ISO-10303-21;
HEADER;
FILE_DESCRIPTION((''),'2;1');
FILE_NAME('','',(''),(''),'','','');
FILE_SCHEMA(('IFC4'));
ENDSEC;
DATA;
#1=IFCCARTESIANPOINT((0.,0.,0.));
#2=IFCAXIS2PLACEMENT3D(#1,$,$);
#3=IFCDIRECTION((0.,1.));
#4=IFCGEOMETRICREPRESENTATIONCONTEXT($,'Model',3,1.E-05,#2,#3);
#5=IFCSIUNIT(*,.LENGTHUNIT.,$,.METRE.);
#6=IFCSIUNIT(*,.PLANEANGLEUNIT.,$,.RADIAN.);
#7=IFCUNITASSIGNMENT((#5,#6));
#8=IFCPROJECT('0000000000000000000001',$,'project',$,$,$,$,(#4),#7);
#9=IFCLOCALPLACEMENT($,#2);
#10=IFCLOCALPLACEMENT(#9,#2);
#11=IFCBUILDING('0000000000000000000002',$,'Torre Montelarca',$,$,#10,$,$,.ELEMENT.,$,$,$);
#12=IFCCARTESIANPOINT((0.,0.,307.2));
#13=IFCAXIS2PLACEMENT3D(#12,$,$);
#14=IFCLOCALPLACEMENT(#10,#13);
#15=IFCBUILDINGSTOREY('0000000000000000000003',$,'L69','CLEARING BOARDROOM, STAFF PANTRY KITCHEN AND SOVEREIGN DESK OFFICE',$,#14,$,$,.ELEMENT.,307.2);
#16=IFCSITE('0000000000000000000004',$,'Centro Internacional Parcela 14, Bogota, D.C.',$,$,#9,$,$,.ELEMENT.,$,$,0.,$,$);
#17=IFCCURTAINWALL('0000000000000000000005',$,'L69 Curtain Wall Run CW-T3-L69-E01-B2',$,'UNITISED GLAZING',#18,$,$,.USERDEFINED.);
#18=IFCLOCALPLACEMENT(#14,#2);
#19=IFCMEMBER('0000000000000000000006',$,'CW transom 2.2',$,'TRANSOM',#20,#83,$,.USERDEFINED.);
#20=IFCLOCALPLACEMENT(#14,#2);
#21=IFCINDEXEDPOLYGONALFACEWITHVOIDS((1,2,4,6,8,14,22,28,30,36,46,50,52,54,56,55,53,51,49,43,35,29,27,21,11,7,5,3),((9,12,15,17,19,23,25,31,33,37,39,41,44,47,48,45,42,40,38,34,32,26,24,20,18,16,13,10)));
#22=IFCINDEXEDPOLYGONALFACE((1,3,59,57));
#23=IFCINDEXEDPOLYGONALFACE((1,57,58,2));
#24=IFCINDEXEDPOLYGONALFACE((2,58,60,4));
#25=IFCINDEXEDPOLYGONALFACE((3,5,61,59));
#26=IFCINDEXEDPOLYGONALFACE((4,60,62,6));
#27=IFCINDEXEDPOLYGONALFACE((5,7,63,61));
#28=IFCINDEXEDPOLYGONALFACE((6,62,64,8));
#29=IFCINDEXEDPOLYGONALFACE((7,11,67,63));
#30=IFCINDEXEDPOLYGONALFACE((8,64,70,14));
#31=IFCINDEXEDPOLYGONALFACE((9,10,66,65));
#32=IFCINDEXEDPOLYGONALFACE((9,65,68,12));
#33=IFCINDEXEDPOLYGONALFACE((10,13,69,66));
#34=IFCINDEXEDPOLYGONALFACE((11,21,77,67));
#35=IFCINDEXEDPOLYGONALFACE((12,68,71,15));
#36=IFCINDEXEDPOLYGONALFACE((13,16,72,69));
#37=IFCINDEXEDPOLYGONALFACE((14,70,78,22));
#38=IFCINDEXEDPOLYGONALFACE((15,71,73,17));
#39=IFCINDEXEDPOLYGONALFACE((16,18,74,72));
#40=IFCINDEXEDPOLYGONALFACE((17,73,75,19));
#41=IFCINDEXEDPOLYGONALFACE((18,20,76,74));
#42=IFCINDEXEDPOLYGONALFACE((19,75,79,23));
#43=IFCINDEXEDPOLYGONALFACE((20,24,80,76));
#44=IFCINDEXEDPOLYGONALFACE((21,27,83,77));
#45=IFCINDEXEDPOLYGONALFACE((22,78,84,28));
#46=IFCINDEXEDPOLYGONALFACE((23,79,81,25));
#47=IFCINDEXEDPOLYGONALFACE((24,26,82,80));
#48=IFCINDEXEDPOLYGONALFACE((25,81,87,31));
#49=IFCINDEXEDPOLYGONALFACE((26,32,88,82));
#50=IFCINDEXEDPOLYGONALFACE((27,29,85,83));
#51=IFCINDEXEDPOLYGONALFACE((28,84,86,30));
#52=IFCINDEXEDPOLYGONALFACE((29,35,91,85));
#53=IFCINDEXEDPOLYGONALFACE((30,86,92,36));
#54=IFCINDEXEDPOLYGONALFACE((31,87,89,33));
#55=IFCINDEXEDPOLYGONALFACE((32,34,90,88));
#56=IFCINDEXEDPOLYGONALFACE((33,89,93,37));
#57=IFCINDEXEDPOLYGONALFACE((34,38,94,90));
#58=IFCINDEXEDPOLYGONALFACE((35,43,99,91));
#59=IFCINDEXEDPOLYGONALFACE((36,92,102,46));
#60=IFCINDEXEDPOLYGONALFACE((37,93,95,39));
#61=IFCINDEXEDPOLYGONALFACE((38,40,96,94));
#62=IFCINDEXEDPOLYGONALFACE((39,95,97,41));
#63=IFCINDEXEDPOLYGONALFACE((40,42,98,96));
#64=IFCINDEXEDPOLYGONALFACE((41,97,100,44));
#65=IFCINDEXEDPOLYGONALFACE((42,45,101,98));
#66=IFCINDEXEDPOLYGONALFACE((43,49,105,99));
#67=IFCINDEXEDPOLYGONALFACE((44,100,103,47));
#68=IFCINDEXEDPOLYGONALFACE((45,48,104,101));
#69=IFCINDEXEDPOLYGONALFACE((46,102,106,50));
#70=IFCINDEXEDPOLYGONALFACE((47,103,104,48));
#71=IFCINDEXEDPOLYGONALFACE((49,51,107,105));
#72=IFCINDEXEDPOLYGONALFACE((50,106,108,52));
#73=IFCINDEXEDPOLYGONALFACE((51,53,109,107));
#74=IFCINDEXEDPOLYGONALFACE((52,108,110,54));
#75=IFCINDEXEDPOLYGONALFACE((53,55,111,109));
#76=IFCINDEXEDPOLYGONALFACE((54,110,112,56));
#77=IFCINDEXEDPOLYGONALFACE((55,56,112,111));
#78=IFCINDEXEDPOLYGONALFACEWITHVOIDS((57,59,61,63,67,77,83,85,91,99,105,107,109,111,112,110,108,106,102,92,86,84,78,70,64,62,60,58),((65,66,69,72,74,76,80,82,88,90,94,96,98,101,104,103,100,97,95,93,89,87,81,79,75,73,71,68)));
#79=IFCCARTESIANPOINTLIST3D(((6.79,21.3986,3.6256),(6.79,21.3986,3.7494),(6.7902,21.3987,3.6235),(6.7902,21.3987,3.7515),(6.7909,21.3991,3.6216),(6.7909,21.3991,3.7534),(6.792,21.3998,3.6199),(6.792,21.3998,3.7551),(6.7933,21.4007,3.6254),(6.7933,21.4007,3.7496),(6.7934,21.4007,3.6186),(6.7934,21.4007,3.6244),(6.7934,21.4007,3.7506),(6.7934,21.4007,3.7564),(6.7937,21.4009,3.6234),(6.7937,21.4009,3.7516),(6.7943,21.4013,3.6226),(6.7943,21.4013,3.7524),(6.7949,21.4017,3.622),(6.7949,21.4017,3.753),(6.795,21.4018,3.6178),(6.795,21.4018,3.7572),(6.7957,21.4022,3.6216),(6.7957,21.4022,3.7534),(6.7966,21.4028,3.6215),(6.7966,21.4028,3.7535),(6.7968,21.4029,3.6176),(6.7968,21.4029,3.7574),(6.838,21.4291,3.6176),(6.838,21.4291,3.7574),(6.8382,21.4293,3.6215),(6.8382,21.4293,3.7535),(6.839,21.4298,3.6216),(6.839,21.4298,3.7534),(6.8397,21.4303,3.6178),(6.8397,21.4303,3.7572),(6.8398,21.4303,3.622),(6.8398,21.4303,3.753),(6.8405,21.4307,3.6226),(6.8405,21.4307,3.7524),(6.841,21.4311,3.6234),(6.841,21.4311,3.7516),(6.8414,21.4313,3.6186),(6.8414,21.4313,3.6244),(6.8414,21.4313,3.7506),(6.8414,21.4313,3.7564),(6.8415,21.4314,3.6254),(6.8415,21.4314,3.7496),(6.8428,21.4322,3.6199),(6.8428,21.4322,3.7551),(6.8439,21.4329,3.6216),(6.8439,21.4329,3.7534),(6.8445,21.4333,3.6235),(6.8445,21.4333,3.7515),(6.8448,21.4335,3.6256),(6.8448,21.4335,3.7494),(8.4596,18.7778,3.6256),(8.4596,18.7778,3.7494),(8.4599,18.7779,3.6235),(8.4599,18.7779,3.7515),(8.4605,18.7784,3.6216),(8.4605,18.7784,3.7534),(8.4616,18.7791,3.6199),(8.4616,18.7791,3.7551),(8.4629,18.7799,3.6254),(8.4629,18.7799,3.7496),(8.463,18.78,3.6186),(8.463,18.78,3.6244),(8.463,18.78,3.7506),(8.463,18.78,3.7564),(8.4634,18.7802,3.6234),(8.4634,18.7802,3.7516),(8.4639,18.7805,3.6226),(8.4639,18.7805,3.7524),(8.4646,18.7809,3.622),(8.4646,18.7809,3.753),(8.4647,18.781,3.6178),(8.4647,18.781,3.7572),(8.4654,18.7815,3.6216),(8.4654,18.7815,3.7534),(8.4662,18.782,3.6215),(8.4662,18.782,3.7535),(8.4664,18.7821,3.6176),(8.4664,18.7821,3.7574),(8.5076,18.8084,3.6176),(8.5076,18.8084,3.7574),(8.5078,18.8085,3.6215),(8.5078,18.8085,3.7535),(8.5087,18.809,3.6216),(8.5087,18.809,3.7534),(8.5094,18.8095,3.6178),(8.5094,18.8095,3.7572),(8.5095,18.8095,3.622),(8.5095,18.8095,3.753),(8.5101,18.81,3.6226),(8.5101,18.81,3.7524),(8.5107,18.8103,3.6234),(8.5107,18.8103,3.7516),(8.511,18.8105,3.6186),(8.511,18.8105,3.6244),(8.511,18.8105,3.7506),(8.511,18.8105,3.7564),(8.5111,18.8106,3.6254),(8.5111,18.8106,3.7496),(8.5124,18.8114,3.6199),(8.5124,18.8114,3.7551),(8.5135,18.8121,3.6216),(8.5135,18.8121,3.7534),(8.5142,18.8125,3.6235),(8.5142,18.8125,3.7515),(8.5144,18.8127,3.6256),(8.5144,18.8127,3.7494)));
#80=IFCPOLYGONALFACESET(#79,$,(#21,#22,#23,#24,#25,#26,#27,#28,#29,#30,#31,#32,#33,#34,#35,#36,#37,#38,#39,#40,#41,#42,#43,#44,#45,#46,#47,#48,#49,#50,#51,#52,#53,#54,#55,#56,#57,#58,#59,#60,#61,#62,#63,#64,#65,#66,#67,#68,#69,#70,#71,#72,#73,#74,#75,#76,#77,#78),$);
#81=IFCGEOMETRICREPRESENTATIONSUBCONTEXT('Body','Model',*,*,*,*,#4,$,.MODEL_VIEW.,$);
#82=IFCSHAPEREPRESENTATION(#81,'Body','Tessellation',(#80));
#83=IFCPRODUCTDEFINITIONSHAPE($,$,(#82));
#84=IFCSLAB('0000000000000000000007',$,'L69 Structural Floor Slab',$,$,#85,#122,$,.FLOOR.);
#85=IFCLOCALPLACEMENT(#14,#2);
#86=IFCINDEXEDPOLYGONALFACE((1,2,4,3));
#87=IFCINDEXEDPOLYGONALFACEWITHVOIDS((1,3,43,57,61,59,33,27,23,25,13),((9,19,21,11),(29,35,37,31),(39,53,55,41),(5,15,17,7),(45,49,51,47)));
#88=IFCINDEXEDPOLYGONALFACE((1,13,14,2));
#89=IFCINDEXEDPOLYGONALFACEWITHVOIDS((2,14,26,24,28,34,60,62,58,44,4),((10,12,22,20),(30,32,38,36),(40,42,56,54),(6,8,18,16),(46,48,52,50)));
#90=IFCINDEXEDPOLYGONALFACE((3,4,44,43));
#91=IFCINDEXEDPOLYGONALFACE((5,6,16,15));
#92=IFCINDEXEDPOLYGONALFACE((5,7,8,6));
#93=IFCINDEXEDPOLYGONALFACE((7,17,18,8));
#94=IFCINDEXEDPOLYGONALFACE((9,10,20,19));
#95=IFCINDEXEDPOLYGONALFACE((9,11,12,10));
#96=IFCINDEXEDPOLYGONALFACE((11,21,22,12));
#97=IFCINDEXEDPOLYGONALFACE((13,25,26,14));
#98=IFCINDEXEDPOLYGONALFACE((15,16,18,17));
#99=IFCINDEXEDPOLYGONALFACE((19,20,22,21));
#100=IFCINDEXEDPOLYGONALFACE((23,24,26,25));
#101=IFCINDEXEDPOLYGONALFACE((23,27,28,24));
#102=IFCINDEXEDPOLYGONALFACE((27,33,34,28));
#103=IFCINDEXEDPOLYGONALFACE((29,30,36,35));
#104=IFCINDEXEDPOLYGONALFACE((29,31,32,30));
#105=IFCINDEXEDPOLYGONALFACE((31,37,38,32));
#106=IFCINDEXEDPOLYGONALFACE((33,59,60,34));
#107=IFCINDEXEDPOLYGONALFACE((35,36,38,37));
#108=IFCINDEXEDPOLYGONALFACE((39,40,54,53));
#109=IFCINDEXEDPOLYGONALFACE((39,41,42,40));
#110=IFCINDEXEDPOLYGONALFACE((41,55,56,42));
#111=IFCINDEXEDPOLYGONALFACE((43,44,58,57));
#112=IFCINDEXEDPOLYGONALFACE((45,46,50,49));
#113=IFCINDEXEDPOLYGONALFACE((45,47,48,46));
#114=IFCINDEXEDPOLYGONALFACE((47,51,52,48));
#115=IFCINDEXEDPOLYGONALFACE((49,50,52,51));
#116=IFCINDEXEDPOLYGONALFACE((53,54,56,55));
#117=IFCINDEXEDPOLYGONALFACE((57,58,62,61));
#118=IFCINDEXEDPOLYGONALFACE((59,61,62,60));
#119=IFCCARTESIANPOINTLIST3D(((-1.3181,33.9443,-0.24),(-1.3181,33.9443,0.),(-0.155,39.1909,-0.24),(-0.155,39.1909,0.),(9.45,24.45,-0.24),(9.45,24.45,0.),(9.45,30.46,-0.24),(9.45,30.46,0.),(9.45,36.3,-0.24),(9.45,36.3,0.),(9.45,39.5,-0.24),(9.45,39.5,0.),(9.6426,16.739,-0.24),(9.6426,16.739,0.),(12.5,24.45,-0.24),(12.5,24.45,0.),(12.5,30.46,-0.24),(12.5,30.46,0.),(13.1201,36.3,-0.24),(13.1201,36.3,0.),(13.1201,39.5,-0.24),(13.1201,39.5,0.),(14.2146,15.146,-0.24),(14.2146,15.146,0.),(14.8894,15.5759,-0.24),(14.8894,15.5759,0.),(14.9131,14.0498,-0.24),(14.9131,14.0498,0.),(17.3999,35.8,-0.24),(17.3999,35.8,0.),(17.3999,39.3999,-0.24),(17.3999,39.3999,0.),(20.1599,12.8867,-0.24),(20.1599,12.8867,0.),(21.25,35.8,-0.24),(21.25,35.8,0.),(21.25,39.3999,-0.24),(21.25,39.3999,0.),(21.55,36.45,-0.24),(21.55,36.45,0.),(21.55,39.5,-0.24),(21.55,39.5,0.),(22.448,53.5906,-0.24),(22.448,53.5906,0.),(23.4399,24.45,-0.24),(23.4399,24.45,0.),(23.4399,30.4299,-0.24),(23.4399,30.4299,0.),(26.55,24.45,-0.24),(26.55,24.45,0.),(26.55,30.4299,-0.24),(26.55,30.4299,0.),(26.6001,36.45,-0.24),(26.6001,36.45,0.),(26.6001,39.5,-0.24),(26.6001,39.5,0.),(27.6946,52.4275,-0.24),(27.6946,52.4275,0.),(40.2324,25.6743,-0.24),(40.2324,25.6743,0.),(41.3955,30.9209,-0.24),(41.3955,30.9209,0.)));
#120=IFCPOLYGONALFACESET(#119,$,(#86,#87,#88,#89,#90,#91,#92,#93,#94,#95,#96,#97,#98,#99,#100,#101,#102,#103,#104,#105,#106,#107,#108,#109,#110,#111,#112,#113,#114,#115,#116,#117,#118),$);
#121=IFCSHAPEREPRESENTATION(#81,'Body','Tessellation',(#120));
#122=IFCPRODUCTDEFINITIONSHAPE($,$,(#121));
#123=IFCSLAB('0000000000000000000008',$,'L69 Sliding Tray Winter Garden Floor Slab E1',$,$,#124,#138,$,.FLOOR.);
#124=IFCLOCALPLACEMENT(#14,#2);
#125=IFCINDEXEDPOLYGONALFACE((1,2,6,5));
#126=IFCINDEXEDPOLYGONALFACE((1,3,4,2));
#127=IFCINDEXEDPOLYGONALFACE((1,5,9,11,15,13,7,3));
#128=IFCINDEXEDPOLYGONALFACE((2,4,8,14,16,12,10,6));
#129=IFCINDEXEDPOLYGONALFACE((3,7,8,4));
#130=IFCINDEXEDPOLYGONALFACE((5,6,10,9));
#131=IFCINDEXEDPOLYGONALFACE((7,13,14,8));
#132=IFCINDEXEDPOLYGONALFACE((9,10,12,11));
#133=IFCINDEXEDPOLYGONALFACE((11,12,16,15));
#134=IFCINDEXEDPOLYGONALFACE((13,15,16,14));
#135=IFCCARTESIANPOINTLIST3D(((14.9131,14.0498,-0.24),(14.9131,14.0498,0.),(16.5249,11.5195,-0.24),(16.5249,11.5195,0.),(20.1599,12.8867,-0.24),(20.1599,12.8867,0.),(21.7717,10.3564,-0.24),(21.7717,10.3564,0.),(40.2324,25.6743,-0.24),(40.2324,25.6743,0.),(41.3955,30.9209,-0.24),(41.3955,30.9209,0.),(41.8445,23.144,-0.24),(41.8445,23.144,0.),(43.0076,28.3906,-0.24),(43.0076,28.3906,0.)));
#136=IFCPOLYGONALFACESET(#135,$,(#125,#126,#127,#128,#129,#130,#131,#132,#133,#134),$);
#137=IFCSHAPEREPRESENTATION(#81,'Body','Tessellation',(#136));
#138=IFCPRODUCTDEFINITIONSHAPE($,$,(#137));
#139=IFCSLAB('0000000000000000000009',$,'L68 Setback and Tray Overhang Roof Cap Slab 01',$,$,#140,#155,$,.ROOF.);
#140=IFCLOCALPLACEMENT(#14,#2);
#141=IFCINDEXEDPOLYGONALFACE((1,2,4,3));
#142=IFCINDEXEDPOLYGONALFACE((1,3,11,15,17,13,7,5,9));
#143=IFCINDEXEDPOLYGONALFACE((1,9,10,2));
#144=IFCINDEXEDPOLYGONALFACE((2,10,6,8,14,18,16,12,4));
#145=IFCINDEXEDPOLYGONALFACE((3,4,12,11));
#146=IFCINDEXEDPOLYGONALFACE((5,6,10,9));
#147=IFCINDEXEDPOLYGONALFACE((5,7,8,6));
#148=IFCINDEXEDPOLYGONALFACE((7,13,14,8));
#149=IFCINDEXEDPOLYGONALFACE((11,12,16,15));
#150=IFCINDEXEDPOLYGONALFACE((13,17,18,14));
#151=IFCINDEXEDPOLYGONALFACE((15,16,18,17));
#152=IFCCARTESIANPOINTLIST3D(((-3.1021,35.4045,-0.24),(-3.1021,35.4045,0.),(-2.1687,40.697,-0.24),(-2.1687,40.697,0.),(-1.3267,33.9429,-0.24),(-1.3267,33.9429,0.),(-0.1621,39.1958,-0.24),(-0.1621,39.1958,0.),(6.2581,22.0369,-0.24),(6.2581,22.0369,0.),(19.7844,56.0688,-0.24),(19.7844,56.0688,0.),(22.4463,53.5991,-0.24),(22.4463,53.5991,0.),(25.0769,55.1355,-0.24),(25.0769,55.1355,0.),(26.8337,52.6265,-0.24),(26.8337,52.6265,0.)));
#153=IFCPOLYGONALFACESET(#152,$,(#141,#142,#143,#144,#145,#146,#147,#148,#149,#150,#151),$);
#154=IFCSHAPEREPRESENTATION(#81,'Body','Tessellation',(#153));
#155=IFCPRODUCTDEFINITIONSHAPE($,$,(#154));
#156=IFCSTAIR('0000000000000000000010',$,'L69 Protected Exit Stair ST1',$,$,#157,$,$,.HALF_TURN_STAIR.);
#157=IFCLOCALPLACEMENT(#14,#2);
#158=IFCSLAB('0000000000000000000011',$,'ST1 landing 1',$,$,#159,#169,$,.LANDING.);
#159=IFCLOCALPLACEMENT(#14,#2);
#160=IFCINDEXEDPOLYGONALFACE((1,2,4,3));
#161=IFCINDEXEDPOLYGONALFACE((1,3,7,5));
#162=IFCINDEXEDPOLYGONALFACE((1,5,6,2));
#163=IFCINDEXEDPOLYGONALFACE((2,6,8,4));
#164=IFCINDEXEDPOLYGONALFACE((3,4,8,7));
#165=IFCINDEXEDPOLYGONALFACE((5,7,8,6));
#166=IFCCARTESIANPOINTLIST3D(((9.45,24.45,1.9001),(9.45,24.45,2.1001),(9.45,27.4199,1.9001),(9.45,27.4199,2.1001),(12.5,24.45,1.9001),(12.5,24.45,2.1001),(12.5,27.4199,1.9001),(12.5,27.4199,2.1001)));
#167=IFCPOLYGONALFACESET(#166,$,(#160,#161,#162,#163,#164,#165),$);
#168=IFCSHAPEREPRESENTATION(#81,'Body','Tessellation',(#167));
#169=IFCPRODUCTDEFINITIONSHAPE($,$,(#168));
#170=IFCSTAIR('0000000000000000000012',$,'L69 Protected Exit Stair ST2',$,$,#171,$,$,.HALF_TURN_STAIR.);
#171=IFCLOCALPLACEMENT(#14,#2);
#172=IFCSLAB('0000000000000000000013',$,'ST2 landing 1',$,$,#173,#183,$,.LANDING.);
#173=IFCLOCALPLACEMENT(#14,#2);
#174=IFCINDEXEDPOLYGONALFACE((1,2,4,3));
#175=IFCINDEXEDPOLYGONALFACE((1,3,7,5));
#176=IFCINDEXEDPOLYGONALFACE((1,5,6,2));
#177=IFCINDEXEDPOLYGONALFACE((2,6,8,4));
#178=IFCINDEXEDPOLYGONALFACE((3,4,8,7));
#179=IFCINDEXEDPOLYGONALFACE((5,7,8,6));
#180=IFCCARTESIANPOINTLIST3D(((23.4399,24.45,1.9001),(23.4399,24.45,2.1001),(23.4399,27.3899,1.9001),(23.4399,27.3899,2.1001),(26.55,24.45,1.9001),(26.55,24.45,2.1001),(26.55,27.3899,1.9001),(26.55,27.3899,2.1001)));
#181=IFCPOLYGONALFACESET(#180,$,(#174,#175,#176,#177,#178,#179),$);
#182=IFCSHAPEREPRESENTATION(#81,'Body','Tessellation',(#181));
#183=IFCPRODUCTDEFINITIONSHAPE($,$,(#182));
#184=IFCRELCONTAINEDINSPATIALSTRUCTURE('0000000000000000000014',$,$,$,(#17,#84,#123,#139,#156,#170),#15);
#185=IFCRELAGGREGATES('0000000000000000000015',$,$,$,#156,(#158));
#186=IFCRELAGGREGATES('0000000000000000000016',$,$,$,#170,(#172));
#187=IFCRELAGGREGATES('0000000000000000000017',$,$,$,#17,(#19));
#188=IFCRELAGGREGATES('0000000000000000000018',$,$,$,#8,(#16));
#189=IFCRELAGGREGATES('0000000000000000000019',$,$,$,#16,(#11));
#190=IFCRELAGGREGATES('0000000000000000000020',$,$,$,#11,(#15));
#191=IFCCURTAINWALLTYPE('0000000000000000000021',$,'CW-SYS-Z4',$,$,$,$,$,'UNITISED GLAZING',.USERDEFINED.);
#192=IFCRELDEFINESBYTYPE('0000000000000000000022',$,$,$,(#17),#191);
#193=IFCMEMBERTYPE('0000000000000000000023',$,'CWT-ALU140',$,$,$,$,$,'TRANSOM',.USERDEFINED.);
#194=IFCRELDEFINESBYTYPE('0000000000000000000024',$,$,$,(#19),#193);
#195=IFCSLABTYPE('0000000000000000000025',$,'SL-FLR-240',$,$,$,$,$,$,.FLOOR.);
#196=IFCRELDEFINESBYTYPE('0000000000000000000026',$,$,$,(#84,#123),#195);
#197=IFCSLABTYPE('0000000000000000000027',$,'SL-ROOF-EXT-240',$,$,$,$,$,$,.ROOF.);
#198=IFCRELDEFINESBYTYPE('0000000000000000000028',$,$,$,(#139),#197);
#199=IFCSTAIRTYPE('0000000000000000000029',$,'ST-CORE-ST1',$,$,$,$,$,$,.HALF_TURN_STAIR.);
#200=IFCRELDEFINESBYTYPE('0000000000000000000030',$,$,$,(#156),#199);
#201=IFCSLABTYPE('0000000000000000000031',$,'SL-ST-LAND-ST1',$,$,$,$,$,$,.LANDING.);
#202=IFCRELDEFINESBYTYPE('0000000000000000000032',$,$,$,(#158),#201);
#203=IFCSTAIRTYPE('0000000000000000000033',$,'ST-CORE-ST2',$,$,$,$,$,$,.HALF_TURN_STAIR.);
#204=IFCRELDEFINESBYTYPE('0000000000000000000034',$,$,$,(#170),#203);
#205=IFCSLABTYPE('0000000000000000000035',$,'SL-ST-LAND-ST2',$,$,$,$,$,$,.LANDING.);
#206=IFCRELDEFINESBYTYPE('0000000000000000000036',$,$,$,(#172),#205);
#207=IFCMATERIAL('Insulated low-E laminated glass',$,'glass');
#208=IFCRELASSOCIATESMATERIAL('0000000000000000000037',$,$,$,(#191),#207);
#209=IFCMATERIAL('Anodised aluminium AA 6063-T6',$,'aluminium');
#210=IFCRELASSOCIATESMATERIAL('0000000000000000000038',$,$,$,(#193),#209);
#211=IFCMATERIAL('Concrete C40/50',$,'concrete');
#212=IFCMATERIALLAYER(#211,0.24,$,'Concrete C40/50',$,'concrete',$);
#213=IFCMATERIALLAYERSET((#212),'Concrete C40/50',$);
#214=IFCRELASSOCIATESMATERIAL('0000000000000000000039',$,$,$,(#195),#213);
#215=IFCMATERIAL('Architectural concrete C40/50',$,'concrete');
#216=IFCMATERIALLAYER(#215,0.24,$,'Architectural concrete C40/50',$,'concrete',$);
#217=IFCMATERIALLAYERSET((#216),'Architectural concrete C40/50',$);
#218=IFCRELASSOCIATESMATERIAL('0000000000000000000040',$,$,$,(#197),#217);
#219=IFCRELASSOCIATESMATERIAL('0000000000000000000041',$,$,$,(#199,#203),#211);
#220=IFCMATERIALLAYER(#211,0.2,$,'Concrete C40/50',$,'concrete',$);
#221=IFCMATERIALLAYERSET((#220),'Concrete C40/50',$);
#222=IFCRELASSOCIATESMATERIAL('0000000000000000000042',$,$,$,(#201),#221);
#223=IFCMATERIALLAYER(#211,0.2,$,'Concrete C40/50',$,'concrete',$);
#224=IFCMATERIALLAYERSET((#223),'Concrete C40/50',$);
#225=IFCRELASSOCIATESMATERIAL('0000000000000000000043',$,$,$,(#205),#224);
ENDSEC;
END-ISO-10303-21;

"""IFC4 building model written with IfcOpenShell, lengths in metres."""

from ifc_helpers import new_model, si_unit, direction, frame, origin, origin_2d, place, context, subcontext, project, spatial, polyline, hollow_rectangle, outline, extrude, source, transform, mapped, material, layer, layer_set, material_profile, profile_set, type_object, element, aggregate, save


model = new_model("IFC4")

# Units and contexts
model_context = context("Model", 3, precision=1e-05, world=origin(), true_north=direction((0.0, 1.0)))
body_context = subcontext(model_context, "Body", "Model", "MODEL_VIEW")
ifc_project = project(units=[si_unit("LENGTHUNIT", "METRE"), si_unit("PLANEANGLEUNIT", "RADIAN")], contexts=[model_context])

# Site, building, storey
site_placement = place(None, origin())
site = spatial("IfcSite", under=ifc_project, at=site_placement, Name="Centro Internacional Parcela 14, Bogota, D.C.", CompositionType="ELEMENT", RefElevation=0.0)
building_placement = place(site_placement, origin())
building = spatial("IfcBuilding", under=site, at=building_placement, Name="Torre Montelarca", CompositionType="ELEMENT")
storey_placement = place(building_placement, frame((0.0, 0.0, 307.2)))
storey = spatial("IfcBuildingStorey", under=building, at=storey_placement, Name="L69", Description="CLEARING BOARDROOM, STAFF PANTRY KITCHEN AND SOVEREIGN DESK OFFICE", CompositionType="ELEMENT", Elevation=307.2)

# Curtain wall
ifc_material_1 = material(Name="Insulated low-E laminated glass", Category="glass")
curtain_wall_type = type_object("IfcCurtainWallType", Name="CW-SYS-Z4", ElementType="UNITISED GLAZING", PredefinedType="USERDEFINED", material=ifc_material_1)
curtain_wall_1_placement = place(storey_placement, origin())
curtain_wall_1 = element("IfcCurtainWall", 1, at=curtain_wall_1_placement, inside=storey, type_object=curtain_wall_type, Name="L69 Curtain Wall Run CW-T3-L69-E01-B2", ObjectType="UNITISED GLAZING", PredefinedType="USERDEFINED")
ifc_material_2 = material(Name="Anodised aluminium AA 6063-T6", Category="aluminium")

# Member
ifc_material_profile_1 = material_profile(ifc_material_2, hollow_rectangle(XDim=0.0649, YDim=0.1399, WallThickness=0.0039, InnerFilletRadius=0.0039, OuterFilletRadius=0.0081, at=origin_2d()), Name="ALU65X140X4", Category="aluminium")
ifc_profile_set_1 = profile_set([ifc_material_profile_1], Name="Anodised aluminium AA 6063-T6")
member_type_1 = type_object("IfcMemberType", Name="CWT-ALU140", ElementType="TRANSOM", PredefinedType="USERDEFINED", material=ifc_profile_set_1)
shared_shape_1 = source(origin(), body_context, "Body", "SweptSolid", [
    extrude(hollow_rectangle(XDim=0.0649, YDim=0.1399, WallThickness=0.0039, InnerFilletRadius=0.0039, OuterFilletRadius=0.0081, at=origin_2d()), origin(), (0.0, 0.0, 1.0), 3.1074),
])
member_1_placement = place(storey_placement, frame((6.8174, 21.416, 3.6875), z_axis=(0.537302, -0.84339, 0.0), x_axis=(0.84339, 0.537302, 0.0)))
member_1 = element("IfcMember", 2, at=member_1_placement, type_object=member_type_1, Name="CW transom 2.2", ObjectType="TRANSOM", PredefinedType="USERDEFINED", context=body_context, shape_type="MappedRepresentation", body=[
    mapped(shared_shape_1, transform((0.0, 0.0, 0.0), scale=1.0)),
])

# Slabs
ifc_material_3 = material(Name="Concrete C40/50", Category="concrete")
ifc_layer_1 = layer(ifc_material_3, 0.24, Name="Concrete C40/50", Category="concrete")
ifc_layer_set_1 = layer_set([ifc_layer_1], Name="Concrete C40/50")
slab_type_1 = type_object("IfcSlabType", Name="SL-FLR-240", PredefinedType="FLOOR", material=ifc_layer_set_1)
slab_1_placement = place(storey_placement, frame((0.0, 0.0, -0.24)))
element("IfcSlab", 3, at=slab_1_placement, inside=storey, type_object=slab_type_1, Name="L69 Structural Floor Slab", PredefinedType="FLOOR", context=body_context, shape_type="SweptSolid", body=[
    extrude(outline(polyline([(9.6426, 16.739), (14.8894, 15.5759), (14.2146, 15.146), (14.9131, 14.0498), (20.1599, 12.8867), (40.2324, 25.6743), (41.3955, 30.9209), (27.6946, 52.4275), (22.448, 53.5906), (-0.155, 39.1909), (-1.3181, 33.9443), (9.6426, 16.739)]), holes=[polyline([(26.55, 24.45), (23.4399, 24.45), (23.4399, 30.4299), (26.55, 30.4299), (26.55, 24.45)]), polyline([(12.5, 24.45), (9.45, 24.45), (9.45, 30.46), (12.5, 30.46), (12.5, 24.45)]), polyline([(21.25, 39.3999), (21.25, 35.8), (17.3999, 35.8), (17.3999, 39.3999), (21.25, 39.3999)]), polyline([(13.1201, 36.3), (9.45, 36.3), (9.45, 39.5), (13.1201, 39.5), (13.1201, 36.3)]), polyline([(26.6001, 36.45), (21.55, 36.45), (21.55, 39.5), (26.6001, 39.5), (26.6001, 36.45)])]), origin(), (0.0, 0.0, 1.0), 0.24),
])
slab_2_placement = place(storey_placement, frame((0.0, 0.0, -0.24)))
element("IfcSlab", 4, at=slab_2_placement, inside=storey, type_object=slab_type_1, Name="L69 Sliding Tray Winter Garden Floor Slab E1", PredefinedType="FLOOR", context=body_context, shape_type="SweptSolid", body=[
    extrude(outline(polyline([(41.3955, 30.9209), (40.2324, 25.6743), (20.1599, 12.8867), (14.9131, 14.0498), (16.5249, 11.5195), (21.7717, 10.3564), (41.8445, 23.144), (43.0076, 28.3906), (41.3955, 30.9209)])), origin(), (0.0, 0.0, 1.0), 0.24),
])
ifc_material_4 = material(Name="Architectural concrete C40/50", Category="concrete")
ifc_layer_2 = layer(ifc_material_4, 0.24, Name="Architectural concrete C40/50", Category="concrete")
ifc_layer_set_2 = layer_set([ifc_layer_2], Name="Architectural concrete C40/50")
slab_type_2 = type_object("IfcSlabType", Name="SL-ROOF-EXT-240", PredefinedType="ROOF", material=ifc_layer_set_2)
slab_3_placement = place(storey_placement, frame((0.0, 0.0, -0.24)))
element("IfcSlab", 5, at=slab_3_placement, inside=storey, type_object=slab_type_2, Name="L68 Setback and Tray Overhang Roof Cap Slab 01", PredefinedType="ROOF", context=body_context, shape_type="SweptSolid", body=[
    extrude(outline(polyline([(-1.3267, 33.9429), (-0.1621, 39.1958), (22.4463, 53.5991), (26.8337, 52.6265), (25.0769, 55.1355), (19.7844, 56.0688), (-2.1687, 40.697), (-3.1021, 35.4045), (6.2581, 22.0369), (-1.3267, 33.9429)])), origin(), (0.0, 0.0, 1.0), 0.24),
])

# Stairs, slabs
stair_type_1 = type_object("IfcStairType", Name="ST-CORE-ST1", PredefinedType="HALF_TURN_STAIR", material=ifc_material_3)
stair_1_placement = place(storey_placement, origin())
stair_1 = element("IfcStair", 6, at=stair_1_placement, inside=storey, type_object=stair_type_1, Name="L69 Protected Exit Stair ST1", PredefinedType="HALF_TURN_STAIR")
ifc_layer_3 = layer(ifc_material_3, 0.2, Name="Concrete C40/50", Category="concrete")
ifc_layer_set_3 = layer_set([ifc_layer_3], Name="Concrete C40/50")
slab_type_3 = type_object("IfcSlabType", Name="SL-ST-LAND-ST1", PredefinedType="LANDING", material=ifc_layer_set_3)
slab_4_placement = place(storey_placement, frame((0.0, 0.0, 1.9001)))
slab_4 = element("IfcSlab", 7, at=slab_4_placement, type_object=slab_type_3, Name="ST1 landing 1", PredefinedType="LANDING", context=body_context, shape_type="SweptSolid", body=[
    extrude(outline(polyline([(9.45, 27.4199), (9.45, 24.45), (12.5, 24.45), (12.5, 27.4199), (9.45, 27.4199)])), origin(), (0.0, 0.0, 1.0), 0.2),
])
aggregate(stair_1, [slab_4])
stair_type_2 = type_object("IfcStairType", Name="ST-CORE-ST2", PredefinedType="HALF_TURN_STAIR", material=ifc_material_3)
stair_2_placement = place(storey_placement, origin())
stair_2 = element("IfcStair", 8, at=stair_2_placement, inside=storey, type_object=stair_type_2, Name="L69 Protected Exit Stair ST2", PredefinedType="HALF_TURN_STAIR")
ifc_layer_4 = layer(ifc_material_3, 0.2, Name="Concrete C40/50", Category="concrete")
ifc_layer_set_4 = layer_set([ifc_layer_4], Name="Concrete C40/50")
slab_type_4 = type_object("IfcSlabType", Name="SL-ST-LAND-ST2", PredefinedType="LANDING", material=ifc_layer_set_4)
slab_5_placement = place(storey_placement, frame((0.0, 0.0, 1.9001)))
slab_5 = element("IfcSlab", 9, at=slab_5_placement, type_object=slab_type_4, Name="ST2 landing 1", PredefinedType="LANDING", context=body_context, shape_type="SweptSolid", body=[
    extrude(outline(polyline([(23.4399, 27.3899), (23.4399, 24.45), (26.55, 24.45), (26.55, 27.3899), (23.4399, 27.3899)])), origin(), (0.0, 0.0, 1.0), 0.2),
])
aggregate(stair_2, [slab_5])

aggregate(curtain_wall_1, [member_1])

save(model, "model.ifc")
